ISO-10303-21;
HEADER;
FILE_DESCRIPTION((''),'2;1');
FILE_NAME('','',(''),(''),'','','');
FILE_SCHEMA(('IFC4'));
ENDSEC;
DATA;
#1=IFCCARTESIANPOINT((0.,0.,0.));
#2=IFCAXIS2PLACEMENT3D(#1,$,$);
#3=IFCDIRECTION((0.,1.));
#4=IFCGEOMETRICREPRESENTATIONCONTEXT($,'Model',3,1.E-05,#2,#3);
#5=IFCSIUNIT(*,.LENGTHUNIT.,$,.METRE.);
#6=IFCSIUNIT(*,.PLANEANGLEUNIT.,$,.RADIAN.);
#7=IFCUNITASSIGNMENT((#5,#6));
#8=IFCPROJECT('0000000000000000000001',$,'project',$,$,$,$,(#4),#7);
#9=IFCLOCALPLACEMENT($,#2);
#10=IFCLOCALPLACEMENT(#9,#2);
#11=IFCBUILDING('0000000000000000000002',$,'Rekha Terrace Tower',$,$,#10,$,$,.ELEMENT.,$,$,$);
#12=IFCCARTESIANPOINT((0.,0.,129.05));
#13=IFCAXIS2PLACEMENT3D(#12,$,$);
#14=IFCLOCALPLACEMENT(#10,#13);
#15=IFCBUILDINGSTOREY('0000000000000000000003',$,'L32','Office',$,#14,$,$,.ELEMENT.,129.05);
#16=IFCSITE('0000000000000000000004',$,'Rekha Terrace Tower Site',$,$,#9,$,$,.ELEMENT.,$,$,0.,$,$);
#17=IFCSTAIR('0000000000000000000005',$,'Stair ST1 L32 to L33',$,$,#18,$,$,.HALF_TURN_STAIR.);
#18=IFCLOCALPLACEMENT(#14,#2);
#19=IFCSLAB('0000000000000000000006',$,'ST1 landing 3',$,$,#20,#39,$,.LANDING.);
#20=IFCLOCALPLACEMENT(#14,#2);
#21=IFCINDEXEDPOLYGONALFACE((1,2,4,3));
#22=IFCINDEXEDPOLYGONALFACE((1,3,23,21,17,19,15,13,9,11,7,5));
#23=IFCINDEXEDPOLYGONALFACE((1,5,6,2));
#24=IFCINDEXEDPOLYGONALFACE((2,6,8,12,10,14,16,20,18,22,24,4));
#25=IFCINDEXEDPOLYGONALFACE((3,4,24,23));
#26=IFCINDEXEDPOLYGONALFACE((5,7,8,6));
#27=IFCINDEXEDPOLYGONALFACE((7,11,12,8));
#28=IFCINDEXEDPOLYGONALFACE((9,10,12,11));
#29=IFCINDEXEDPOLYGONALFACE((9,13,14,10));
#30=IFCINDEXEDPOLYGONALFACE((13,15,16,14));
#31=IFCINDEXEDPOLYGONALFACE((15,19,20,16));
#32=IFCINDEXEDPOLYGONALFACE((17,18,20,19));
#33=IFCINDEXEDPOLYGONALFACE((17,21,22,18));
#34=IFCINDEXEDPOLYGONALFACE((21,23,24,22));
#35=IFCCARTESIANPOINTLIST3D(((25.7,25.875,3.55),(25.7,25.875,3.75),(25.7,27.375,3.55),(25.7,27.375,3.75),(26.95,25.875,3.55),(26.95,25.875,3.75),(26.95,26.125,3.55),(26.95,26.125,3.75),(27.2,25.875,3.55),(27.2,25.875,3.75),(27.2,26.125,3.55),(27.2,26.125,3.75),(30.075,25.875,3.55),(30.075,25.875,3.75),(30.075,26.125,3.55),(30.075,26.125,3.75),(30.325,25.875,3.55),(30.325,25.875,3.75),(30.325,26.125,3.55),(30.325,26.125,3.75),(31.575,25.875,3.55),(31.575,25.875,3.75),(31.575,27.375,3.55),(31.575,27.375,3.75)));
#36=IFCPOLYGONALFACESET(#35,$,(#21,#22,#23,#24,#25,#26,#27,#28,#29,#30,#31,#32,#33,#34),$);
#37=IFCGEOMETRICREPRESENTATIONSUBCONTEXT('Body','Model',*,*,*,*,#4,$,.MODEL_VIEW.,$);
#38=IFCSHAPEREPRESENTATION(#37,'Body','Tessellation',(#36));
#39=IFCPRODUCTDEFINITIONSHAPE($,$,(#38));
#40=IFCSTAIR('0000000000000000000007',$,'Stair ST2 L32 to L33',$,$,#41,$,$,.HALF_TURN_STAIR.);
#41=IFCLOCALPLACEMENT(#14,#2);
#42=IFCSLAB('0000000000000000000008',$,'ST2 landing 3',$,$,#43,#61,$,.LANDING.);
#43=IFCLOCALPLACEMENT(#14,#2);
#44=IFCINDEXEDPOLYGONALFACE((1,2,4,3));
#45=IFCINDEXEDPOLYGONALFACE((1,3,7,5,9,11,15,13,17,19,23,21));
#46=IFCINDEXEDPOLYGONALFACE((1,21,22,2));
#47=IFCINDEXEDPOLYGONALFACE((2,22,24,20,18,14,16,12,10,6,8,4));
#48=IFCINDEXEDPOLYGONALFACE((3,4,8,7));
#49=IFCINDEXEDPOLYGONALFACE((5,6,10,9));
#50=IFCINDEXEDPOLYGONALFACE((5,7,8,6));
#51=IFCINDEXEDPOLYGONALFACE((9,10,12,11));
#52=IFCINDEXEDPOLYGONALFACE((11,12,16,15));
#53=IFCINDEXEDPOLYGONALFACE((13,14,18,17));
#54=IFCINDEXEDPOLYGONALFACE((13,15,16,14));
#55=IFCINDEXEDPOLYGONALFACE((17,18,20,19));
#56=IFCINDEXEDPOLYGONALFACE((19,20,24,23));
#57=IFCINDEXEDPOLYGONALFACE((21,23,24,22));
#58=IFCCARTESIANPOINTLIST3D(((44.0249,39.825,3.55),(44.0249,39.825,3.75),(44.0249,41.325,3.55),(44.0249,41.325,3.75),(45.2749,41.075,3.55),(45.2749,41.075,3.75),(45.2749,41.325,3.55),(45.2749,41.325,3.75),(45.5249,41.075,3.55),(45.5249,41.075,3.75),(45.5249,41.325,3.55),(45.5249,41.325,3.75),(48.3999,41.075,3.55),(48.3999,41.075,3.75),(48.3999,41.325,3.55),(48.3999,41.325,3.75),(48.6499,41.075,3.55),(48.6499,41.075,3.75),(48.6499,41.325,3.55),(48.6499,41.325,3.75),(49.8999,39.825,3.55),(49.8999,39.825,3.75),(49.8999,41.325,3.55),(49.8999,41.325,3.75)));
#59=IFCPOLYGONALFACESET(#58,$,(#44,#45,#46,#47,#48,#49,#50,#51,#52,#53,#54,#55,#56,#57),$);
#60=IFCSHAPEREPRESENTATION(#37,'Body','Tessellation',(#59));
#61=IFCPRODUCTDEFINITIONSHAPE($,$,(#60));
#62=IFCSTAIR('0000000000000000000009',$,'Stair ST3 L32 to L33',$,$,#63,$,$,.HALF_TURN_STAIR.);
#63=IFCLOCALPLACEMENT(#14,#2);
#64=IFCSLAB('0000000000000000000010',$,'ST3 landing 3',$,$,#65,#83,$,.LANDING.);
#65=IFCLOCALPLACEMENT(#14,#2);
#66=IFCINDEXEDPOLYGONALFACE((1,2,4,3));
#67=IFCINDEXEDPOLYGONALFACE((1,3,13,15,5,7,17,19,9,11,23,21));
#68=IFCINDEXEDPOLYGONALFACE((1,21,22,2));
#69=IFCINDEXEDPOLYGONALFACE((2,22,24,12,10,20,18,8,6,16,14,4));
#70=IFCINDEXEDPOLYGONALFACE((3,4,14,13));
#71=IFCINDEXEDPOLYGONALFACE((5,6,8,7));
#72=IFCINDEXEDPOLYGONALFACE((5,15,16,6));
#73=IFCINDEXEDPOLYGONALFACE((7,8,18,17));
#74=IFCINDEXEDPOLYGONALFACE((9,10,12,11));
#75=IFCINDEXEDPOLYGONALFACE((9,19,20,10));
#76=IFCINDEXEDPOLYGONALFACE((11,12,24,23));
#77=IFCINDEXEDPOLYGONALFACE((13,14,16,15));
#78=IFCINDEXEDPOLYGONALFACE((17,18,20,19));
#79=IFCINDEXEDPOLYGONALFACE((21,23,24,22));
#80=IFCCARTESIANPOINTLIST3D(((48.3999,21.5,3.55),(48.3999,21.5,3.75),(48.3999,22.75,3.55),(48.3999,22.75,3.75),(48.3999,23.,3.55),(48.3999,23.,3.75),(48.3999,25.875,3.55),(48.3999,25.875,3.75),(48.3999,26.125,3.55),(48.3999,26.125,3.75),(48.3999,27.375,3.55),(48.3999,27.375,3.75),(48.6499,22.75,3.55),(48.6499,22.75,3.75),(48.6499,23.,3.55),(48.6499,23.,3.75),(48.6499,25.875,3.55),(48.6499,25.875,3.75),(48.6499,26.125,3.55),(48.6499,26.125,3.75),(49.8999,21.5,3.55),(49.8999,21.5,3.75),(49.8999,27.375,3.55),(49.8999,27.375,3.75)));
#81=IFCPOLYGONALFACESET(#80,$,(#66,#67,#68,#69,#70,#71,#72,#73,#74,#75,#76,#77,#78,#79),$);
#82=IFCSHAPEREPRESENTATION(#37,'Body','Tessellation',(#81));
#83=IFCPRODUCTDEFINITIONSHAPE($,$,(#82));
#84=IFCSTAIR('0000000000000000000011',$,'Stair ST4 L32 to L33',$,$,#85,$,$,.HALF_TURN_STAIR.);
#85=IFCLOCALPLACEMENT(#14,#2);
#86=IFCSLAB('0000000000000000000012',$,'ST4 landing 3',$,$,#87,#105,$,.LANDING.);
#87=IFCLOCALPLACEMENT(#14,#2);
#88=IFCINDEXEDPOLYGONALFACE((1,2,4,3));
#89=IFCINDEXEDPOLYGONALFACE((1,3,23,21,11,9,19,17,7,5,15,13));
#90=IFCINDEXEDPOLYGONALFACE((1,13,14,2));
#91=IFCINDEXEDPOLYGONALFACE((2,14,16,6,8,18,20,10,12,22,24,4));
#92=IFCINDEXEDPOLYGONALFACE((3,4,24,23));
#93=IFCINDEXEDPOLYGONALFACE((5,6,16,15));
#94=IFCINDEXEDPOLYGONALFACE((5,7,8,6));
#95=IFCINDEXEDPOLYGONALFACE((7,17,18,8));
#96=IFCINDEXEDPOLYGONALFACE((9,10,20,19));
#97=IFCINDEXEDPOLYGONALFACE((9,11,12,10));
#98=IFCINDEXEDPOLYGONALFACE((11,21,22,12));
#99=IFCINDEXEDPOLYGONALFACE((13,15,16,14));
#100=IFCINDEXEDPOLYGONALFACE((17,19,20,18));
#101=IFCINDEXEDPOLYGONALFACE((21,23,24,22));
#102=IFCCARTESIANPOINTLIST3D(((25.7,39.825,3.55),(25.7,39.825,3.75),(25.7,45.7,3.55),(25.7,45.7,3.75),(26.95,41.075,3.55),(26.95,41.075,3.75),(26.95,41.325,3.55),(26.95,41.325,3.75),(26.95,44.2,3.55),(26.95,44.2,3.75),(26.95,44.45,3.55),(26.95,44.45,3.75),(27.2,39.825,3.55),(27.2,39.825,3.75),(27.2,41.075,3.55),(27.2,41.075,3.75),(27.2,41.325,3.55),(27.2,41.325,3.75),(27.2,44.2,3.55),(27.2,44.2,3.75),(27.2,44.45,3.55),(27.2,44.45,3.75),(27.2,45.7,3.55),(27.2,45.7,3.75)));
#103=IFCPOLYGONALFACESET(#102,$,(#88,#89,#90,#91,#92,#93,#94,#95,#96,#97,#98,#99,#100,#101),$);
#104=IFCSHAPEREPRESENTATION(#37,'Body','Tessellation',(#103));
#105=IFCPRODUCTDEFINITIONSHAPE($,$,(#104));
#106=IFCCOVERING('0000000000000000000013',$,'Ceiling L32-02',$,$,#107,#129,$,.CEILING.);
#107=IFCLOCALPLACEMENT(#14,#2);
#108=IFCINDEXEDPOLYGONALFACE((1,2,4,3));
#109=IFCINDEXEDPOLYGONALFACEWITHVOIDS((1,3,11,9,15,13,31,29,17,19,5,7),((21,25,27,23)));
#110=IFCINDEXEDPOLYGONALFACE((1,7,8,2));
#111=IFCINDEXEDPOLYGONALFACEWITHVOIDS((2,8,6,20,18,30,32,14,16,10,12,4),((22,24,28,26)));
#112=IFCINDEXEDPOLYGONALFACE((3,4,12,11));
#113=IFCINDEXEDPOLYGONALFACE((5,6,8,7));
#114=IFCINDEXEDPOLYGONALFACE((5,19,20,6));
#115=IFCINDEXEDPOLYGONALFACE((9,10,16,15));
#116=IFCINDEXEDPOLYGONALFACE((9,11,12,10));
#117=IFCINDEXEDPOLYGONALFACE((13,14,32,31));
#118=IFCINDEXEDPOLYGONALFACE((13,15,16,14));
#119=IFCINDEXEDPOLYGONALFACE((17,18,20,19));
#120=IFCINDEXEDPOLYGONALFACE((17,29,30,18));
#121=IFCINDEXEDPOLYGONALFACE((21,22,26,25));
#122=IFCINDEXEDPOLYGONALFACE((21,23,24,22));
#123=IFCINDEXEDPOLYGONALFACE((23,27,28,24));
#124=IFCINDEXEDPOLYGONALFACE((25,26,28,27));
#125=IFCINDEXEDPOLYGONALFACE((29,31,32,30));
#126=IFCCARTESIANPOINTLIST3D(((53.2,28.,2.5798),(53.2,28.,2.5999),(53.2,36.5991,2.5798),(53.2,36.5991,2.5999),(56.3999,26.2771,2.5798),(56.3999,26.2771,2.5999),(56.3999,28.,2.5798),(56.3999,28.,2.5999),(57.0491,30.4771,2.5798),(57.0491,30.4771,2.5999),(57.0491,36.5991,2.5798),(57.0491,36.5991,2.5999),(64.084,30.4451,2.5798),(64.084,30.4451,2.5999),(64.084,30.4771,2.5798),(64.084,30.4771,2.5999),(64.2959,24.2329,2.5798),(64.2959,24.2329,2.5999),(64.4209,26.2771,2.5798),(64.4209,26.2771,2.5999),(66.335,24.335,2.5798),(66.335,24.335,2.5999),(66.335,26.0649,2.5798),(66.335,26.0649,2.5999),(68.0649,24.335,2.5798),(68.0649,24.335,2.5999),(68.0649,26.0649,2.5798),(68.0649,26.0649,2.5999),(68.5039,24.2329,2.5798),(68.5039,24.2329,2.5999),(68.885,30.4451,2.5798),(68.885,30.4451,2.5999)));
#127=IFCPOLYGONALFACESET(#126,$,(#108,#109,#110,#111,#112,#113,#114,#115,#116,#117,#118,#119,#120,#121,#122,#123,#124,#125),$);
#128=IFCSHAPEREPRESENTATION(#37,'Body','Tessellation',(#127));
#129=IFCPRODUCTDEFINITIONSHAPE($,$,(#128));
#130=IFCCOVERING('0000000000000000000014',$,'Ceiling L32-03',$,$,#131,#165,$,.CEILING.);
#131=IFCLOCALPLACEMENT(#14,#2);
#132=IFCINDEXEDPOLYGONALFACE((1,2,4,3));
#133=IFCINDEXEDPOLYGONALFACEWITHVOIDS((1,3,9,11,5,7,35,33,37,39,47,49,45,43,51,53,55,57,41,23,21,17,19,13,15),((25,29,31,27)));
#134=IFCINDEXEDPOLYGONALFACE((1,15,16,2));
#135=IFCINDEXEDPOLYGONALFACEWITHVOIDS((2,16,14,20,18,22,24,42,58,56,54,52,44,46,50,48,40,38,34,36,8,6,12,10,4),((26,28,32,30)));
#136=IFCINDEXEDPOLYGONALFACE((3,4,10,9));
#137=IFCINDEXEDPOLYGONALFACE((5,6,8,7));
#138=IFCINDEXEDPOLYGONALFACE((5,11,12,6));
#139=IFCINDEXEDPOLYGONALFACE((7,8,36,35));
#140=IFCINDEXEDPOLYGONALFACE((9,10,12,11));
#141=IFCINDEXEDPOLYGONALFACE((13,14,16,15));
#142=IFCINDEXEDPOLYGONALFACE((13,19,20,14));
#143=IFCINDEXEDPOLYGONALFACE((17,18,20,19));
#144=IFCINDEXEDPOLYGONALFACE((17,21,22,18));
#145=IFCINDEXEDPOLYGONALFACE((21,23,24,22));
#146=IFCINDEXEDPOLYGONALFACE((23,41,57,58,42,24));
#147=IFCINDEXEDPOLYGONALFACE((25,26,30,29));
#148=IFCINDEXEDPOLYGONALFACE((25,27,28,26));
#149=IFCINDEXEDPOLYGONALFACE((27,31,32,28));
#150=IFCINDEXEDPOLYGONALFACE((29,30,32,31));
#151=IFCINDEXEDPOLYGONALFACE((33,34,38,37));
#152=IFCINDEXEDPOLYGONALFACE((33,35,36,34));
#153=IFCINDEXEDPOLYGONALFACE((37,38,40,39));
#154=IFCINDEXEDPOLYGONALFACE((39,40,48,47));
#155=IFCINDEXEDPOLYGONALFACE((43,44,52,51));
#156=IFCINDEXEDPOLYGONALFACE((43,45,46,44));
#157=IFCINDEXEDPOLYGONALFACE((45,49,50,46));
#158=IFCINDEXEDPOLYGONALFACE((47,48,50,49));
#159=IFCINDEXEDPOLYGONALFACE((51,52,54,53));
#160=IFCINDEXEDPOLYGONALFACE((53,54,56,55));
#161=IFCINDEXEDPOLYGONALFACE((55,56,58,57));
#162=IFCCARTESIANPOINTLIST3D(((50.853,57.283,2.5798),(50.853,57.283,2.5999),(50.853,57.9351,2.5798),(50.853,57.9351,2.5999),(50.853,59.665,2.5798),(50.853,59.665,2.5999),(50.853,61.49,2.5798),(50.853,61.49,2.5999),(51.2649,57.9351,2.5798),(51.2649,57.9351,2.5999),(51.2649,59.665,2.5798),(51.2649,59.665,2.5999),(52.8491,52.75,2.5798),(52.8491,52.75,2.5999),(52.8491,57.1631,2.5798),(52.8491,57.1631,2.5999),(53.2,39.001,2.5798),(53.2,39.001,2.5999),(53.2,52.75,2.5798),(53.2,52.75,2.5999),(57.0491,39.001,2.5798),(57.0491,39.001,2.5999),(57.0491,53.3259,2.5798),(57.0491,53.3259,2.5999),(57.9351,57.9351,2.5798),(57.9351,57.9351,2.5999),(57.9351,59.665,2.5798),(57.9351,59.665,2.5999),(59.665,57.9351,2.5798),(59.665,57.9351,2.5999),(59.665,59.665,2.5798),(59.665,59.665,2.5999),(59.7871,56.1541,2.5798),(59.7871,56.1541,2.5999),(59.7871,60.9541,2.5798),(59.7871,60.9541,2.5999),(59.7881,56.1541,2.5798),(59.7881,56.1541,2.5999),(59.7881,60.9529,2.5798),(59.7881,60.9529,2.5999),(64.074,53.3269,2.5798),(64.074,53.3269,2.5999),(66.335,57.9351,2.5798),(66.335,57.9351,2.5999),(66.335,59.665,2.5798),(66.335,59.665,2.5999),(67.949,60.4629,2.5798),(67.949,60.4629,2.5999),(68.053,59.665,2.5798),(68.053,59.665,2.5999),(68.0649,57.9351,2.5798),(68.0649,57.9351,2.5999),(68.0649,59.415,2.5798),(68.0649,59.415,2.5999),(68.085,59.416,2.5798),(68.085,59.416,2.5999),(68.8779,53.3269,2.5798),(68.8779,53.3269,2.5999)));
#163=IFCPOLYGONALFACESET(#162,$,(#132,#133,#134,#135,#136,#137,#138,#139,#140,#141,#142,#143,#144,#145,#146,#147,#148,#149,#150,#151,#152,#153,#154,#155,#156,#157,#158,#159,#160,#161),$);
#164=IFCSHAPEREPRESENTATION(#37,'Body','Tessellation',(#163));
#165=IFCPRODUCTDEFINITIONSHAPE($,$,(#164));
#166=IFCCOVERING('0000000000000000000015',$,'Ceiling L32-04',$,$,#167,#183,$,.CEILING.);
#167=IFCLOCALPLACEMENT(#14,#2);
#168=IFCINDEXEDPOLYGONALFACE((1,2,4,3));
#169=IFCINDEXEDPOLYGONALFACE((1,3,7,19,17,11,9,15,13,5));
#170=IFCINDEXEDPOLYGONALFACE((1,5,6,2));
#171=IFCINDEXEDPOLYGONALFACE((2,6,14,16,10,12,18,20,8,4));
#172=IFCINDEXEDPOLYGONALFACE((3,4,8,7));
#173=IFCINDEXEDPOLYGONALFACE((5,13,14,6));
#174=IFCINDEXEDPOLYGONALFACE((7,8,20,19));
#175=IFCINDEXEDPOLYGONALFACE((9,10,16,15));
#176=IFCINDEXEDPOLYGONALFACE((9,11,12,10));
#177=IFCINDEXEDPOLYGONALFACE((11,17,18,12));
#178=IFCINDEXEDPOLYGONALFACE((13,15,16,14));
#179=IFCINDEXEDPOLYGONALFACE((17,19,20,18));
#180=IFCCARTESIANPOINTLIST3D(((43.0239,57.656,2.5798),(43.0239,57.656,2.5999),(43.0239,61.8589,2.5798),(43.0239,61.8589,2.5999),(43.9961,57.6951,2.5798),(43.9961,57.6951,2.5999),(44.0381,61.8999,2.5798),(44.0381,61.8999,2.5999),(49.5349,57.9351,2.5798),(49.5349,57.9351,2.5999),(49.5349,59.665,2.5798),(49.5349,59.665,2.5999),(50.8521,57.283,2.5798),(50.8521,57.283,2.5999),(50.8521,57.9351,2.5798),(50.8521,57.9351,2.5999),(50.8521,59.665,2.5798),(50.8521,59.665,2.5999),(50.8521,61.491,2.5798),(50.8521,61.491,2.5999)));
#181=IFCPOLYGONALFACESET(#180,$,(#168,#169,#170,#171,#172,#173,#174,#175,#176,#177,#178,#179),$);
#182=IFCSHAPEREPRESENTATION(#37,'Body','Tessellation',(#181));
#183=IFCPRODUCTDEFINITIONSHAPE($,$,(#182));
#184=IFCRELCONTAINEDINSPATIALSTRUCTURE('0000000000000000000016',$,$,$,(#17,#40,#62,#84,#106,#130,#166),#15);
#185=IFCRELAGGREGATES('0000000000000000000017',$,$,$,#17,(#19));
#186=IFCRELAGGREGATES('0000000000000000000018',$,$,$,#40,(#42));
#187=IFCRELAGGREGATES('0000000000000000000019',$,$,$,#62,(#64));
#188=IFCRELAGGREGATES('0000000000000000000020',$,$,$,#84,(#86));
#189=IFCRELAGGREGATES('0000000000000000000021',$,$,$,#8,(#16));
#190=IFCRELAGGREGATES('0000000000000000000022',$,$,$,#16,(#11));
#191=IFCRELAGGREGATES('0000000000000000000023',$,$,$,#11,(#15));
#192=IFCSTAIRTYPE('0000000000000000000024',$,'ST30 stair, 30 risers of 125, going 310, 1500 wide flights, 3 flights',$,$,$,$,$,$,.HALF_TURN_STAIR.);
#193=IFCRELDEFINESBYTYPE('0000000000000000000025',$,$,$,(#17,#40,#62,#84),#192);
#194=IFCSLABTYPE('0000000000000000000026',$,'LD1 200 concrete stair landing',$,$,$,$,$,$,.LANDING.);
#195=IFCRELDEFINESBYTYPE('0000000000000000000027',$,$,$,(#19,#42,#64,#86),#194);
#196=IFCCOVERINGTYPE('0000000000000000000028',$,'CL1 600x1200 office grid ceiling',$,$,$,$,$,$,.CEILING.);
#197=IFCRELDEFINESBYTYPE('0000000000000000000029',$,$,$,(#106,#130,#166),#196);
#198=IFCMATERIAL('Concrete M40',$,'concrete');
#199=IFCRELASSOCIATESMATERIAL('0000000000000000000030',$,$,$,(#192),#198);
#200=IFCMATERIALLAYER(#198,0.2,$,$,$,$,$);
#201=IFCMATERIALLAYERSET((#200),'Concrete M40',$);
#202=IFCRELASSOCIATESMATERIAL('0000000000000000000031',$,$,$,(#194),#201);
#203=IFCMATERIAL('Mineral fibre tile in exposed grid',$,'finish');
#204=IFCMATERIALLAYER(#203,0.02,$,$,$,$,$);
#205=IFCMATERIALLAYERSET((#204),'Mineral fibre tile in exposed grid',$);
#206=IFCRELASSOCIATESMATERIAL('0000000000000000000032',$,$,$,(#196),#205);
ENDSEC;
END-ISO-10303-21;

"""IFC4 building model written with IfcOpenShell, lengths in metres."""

from ifc_helpers import new_model, si_unit, direction, frame, origin, place, context, subcontext, project, spatial, polyline, outline, extrude, material, layer, layer_set, type_object, element, aggregate, save


model = new_model("IFC4")

# Units and contexts
model_context = context("Model", 3, precision=1e-05, world=origin(), true_north=direction((0.0, 1.0)))
body_context = subcontext(model_context, "Body", "Model", "MODEL_VIEW")
ifc_project = project(units=[si_unit("LENGTHUNIT", "METRE"), si_unit("PLANEANGLEUNIT", "RADIAN")], contexts=[model_context])

# Site, building, storey
site_placement = place(None, origin())
site = spatial("IfcSite", under=ifc_project, at=site_placement, Name="Rekha Terrace Tower Site", CompositionType="ELEMENT", RefElevation=0.0)
building_placement = place(site_placement, origin())
building = spatial("IfcBuilding", under=site, at=building_placement, Name="Rekha Terrace Tower", CompositionType="ELEMENT")
storey_placement = place(building_placement, frame((0.0, 0.0, 129.05)))
storey = spatial("IfcBuildingStorey", under=building, at=storey_placement, Name="L32", Description="Office", CompositionType="ELEMENT", Elevation=129.05)

# Stairs, slabs
ifc_material_1 = material(Name="Concrete M40", Category="concrete")
stair_type = type_object("IfcStairType", Name="ST30 stair, 30 risers of 125, going 310, 1500 wide flights, 3 flights", PredefinedType="HALF_TURN_STAIR", material=ifc_material_1)
stair_1_placement = place(storey_placement, origin())
stair_1 = element("IfcStair", 1, at=stair_1_placement, inside=storey, type_object=stair_type, Name="Stair ST1 L32 to L33", PredefinedType="HALF_TURN_STAIR")
ifc_layer_1 = layer(ifc_material_1, 0.2)
ifc_layer_set_1 = layer_set([ifc_layer_1], Name="Concrete M40")
slab_type = type_object("IfcSlabType", Name="LD1 200 concrete stair landing", PredefinedType="LANDING", material=ifc_layer_set_1)
slab_1_placement = place(storey_placement, frame((0.0, 0.0, 3.55)))
slab_1 = element("IfcSlab", 2, at=slab_1_placement, type_object=slab_type, Name="ST1 landing 3", PredefinedType="LANDING", context=body_context, shape_type="SweptSolid", body=[
    extrude(outline(polyline([(31.575, 25.875), (31.575, 27.375), (25.7, 27.375), (25.7, 25.875), (26.95, 25.875), (26.95, 26.125), (27.2, 26.125), (27.2, 25.875), (30.075, 25.875), (30.075, 26.125), (30.325, 26.125), (30.325, 25.875), (31.575, 25.875)])), origin(), (0.0, 0.0, 1.0), 0.2),
])
aggregate(stair_1, [slab_1])
stair_2_placement = place(storey_placement, origin())
stair_2 = element("IfcStair", 3, at=stair_2_placement, inside=storey, type_object=stair_type, Name="Stair ST2 L32 to L33", PredefinedType="HALF_TURN_STAIR")
slab_2_placement = place(storey_placement, frame((0.0, 0.0, 3.55)))
slab_2 = element("IfcSlab", 4, at=slab_2_placement, type_object=slab_type, Name="ST2 landing 3", PredefinedType="LANDING", context=body_context, shape_type="SweptSolid", body=[
    extrude(outline(polyline([(44.0249, 41.325), (44.0249, 39.825), (49.8999, 39.825), (49.8999, 41.325), (48.6499, 41.325), (48.6499, 41.075), (48.3999, 41.075), (48.3999, 41.325), (45.5249, 41.325), (45.5249, 41.075), (45.2749, 41.075), (45.2749, 41.325), (44.0249, 41.325)])), origin(), (0.0, 0.0, 1.0), 0.2),
])
aggregate(stair_2, [slab_2])
stair_3_placement = place(storey_placement, origin())
stair_3 = element("IfcStair", 5, at=stair_3_placement, inside=storey, type_object=stair_type, Name="Stair ST3 L32 to L33", PredefinedType="HALF_TURN_STAIR")
slab_3_placement = place(storey_placement, frame((0.0, 0.0, 3.55)))
slab_3 = element("IfcSlab", 6, at=slab_3_placement, type_object=slab_type, Name="ST3 landing 3", PredefinedType="LANDING", context=body_context, shape_type="SweptSolid", body=[
    extrude(outline(polyline([(48.3999, 21.5), (49.8999, 21.5), (49.8999, 27.375), (48.3999, 27.375), (48.3999, 26.125), (48.6499, 26.125), (48.6499, 25.875), (48.3999, 25.875), (48.3999, 23.0), (48.6499, 23.0), (48.6499, 22.75), (48.3999, 22.75), (48.3999, 21.5)])), origin(), (0.0, 0.0, 1.0), 0.2),
])
aggregate(stair_3, [slab_3])
stair_4_placement = place(storey_placement, origin())
stair_4 = element("IfcStair", 7, at=stair_4_placement, inside=storey, type_object=stair_type, Name="Stair ST4 L32 to L33", PredefinedType="HALF_TURN_STAIR")
slab_4_placement = place(storey_placement, frame((0.0, 0.0, 3.55)))
slab_4 = element("IfcSlab", 8, at=slab_4_placement, type_object=slab_type, Name="ST4 landing 3", PredefinedType="LANDING", context=body_context, shape_type="SweptSolid", body=[
    extrude(outline(polyline([(27.2, 39.825), (25.7, 39.825), (25.7, 45.7), (27.2, 45.7), (27.2, 44.45), (26.95, 44.45), (26.95, 44.2), (27.2, 44.2), (27.2, 41.325), (26.95, 41.325), (26.95, 41.075), (27.2, 41.075), (27.2, 39.825)])), origin(), (0.0, 0.0, 1.0), 0.2),
])
aggregate(stair_4, [slab_4])

# Coverings
ifc_material_2 = material(Name="Mineral fibre tile in exposed grid", Category="finish")
ifc_layer_2 = layer(ifc_material_2, 0.02)
ifc_layer_set_2 = layer_set([ifc_layer_2], Name="Mineral fibre tile in exposed grid")
covering_type_1 = type_object("IfcCoveringType", Name="CL1 600x1200 office grid ceiling", PredefinedType="CEILING", material=ifc_layer_set_2)
covering_1_placement = place(storey_placement, frame((0.0, 0.0, 2.5798)))
element("IfcCovering", 9, at=covering_1_placement, inside=storey, type_object=covering_type_1, Name="Ceiling L32-02", PredefinedType="CEILING", context=body_context, shape_type="SweptSolid", body=[
    extrude(outline(polyline([(64.084, 30.4771), (57.0491, 30.4771), (57.0491, 36.5991), (53.2, 36.5991), (53.2, 28.0), (56.3999, 28.0), (56.3999, 26.2771), (64.4209, 26.2771), (64.2959, 24.2329), (68.5039, 24.2329), (68.885, 30.4451), (64.084, 30.4451), (64.084, 30.4771)]), holes=[polyline([(68.0649, 24.335), (66.335, 24.335), (66.335, 26.0649), (68.0649, 26.0649), (68.0649, 24.335)])]), origin(), (0.0, 0.0, 1.0), 0.02),
])
covering_2_placement = place(storey_placement, frame((0.0, 0.0, 2.5798)))
element("IfcCovering", 10, at=covering_2_placement, inside=storey, type_object=covering_type_1, Name="Ceiling L32-03", PredefinedType="CEILING", context=body_context, shape_type="SweptSolid", body=[
    extrude(outline(polyline([(52.8491, 52.75), (53.2, 52.75), (53.2, 39.001), (57.0491, 39.001), (57.0491, 53.3259), (64.074, 53.3269), (68.8779, 53.3269), (68.085, 59.416), (68.0649, 59.415), (68.0649, 57.9351), (66.335, 57.9351), (66.335, 59.665), (68.053, 59.665), (67.949, 60.4629), (59.7881, 60.9529), (59.7881, 56.1541), (59.7871, 56.1541), (59.7871, 60.9541), (50.853, 61.49), (50.853, 59.665), (51.2649, 59.665), (51.2649, 57.9351), (50.853, 57.9351), (50.853, 57.283), (52.8491, 57.1631), (52.8491, 52.75)]), holes=[polyline([(59.665, 57.9351), (57.9351, 57.9351), (57.9351, 59.665), (59.665, 59.665), (59.665, 57.9351)])]), origin(), (0.0, 0.0, 1.0), 0.02),
])
covering_3_placement = place(storey_placement, frame((0.0, 0.0, 2.5798)))
element("IfcCovering", 11, at=covering_3_placement, inside=storey, type_object=covering_type_1, Name="Ceiling L32-04", PredefinedType="CEILING", context=body_context, shape_type="SweptSolid", body=[
    extrude(outline(polyline([(44.0381, 61.8999), (43.0239, 61.8589), (43.0239, 57.656), (43.9961, 57.6951), (50.8521, 57.283), (50.8521, 57.9351), (49.5349, 57.9351), (49.5349, 59.665), (50.8521, 59.665), (50.8521, 61.491), (44.0381, 61.8999)])), origin(), (0.0, 0.0, 1.0), 0.02),
])

save(model, "model.ifc")
